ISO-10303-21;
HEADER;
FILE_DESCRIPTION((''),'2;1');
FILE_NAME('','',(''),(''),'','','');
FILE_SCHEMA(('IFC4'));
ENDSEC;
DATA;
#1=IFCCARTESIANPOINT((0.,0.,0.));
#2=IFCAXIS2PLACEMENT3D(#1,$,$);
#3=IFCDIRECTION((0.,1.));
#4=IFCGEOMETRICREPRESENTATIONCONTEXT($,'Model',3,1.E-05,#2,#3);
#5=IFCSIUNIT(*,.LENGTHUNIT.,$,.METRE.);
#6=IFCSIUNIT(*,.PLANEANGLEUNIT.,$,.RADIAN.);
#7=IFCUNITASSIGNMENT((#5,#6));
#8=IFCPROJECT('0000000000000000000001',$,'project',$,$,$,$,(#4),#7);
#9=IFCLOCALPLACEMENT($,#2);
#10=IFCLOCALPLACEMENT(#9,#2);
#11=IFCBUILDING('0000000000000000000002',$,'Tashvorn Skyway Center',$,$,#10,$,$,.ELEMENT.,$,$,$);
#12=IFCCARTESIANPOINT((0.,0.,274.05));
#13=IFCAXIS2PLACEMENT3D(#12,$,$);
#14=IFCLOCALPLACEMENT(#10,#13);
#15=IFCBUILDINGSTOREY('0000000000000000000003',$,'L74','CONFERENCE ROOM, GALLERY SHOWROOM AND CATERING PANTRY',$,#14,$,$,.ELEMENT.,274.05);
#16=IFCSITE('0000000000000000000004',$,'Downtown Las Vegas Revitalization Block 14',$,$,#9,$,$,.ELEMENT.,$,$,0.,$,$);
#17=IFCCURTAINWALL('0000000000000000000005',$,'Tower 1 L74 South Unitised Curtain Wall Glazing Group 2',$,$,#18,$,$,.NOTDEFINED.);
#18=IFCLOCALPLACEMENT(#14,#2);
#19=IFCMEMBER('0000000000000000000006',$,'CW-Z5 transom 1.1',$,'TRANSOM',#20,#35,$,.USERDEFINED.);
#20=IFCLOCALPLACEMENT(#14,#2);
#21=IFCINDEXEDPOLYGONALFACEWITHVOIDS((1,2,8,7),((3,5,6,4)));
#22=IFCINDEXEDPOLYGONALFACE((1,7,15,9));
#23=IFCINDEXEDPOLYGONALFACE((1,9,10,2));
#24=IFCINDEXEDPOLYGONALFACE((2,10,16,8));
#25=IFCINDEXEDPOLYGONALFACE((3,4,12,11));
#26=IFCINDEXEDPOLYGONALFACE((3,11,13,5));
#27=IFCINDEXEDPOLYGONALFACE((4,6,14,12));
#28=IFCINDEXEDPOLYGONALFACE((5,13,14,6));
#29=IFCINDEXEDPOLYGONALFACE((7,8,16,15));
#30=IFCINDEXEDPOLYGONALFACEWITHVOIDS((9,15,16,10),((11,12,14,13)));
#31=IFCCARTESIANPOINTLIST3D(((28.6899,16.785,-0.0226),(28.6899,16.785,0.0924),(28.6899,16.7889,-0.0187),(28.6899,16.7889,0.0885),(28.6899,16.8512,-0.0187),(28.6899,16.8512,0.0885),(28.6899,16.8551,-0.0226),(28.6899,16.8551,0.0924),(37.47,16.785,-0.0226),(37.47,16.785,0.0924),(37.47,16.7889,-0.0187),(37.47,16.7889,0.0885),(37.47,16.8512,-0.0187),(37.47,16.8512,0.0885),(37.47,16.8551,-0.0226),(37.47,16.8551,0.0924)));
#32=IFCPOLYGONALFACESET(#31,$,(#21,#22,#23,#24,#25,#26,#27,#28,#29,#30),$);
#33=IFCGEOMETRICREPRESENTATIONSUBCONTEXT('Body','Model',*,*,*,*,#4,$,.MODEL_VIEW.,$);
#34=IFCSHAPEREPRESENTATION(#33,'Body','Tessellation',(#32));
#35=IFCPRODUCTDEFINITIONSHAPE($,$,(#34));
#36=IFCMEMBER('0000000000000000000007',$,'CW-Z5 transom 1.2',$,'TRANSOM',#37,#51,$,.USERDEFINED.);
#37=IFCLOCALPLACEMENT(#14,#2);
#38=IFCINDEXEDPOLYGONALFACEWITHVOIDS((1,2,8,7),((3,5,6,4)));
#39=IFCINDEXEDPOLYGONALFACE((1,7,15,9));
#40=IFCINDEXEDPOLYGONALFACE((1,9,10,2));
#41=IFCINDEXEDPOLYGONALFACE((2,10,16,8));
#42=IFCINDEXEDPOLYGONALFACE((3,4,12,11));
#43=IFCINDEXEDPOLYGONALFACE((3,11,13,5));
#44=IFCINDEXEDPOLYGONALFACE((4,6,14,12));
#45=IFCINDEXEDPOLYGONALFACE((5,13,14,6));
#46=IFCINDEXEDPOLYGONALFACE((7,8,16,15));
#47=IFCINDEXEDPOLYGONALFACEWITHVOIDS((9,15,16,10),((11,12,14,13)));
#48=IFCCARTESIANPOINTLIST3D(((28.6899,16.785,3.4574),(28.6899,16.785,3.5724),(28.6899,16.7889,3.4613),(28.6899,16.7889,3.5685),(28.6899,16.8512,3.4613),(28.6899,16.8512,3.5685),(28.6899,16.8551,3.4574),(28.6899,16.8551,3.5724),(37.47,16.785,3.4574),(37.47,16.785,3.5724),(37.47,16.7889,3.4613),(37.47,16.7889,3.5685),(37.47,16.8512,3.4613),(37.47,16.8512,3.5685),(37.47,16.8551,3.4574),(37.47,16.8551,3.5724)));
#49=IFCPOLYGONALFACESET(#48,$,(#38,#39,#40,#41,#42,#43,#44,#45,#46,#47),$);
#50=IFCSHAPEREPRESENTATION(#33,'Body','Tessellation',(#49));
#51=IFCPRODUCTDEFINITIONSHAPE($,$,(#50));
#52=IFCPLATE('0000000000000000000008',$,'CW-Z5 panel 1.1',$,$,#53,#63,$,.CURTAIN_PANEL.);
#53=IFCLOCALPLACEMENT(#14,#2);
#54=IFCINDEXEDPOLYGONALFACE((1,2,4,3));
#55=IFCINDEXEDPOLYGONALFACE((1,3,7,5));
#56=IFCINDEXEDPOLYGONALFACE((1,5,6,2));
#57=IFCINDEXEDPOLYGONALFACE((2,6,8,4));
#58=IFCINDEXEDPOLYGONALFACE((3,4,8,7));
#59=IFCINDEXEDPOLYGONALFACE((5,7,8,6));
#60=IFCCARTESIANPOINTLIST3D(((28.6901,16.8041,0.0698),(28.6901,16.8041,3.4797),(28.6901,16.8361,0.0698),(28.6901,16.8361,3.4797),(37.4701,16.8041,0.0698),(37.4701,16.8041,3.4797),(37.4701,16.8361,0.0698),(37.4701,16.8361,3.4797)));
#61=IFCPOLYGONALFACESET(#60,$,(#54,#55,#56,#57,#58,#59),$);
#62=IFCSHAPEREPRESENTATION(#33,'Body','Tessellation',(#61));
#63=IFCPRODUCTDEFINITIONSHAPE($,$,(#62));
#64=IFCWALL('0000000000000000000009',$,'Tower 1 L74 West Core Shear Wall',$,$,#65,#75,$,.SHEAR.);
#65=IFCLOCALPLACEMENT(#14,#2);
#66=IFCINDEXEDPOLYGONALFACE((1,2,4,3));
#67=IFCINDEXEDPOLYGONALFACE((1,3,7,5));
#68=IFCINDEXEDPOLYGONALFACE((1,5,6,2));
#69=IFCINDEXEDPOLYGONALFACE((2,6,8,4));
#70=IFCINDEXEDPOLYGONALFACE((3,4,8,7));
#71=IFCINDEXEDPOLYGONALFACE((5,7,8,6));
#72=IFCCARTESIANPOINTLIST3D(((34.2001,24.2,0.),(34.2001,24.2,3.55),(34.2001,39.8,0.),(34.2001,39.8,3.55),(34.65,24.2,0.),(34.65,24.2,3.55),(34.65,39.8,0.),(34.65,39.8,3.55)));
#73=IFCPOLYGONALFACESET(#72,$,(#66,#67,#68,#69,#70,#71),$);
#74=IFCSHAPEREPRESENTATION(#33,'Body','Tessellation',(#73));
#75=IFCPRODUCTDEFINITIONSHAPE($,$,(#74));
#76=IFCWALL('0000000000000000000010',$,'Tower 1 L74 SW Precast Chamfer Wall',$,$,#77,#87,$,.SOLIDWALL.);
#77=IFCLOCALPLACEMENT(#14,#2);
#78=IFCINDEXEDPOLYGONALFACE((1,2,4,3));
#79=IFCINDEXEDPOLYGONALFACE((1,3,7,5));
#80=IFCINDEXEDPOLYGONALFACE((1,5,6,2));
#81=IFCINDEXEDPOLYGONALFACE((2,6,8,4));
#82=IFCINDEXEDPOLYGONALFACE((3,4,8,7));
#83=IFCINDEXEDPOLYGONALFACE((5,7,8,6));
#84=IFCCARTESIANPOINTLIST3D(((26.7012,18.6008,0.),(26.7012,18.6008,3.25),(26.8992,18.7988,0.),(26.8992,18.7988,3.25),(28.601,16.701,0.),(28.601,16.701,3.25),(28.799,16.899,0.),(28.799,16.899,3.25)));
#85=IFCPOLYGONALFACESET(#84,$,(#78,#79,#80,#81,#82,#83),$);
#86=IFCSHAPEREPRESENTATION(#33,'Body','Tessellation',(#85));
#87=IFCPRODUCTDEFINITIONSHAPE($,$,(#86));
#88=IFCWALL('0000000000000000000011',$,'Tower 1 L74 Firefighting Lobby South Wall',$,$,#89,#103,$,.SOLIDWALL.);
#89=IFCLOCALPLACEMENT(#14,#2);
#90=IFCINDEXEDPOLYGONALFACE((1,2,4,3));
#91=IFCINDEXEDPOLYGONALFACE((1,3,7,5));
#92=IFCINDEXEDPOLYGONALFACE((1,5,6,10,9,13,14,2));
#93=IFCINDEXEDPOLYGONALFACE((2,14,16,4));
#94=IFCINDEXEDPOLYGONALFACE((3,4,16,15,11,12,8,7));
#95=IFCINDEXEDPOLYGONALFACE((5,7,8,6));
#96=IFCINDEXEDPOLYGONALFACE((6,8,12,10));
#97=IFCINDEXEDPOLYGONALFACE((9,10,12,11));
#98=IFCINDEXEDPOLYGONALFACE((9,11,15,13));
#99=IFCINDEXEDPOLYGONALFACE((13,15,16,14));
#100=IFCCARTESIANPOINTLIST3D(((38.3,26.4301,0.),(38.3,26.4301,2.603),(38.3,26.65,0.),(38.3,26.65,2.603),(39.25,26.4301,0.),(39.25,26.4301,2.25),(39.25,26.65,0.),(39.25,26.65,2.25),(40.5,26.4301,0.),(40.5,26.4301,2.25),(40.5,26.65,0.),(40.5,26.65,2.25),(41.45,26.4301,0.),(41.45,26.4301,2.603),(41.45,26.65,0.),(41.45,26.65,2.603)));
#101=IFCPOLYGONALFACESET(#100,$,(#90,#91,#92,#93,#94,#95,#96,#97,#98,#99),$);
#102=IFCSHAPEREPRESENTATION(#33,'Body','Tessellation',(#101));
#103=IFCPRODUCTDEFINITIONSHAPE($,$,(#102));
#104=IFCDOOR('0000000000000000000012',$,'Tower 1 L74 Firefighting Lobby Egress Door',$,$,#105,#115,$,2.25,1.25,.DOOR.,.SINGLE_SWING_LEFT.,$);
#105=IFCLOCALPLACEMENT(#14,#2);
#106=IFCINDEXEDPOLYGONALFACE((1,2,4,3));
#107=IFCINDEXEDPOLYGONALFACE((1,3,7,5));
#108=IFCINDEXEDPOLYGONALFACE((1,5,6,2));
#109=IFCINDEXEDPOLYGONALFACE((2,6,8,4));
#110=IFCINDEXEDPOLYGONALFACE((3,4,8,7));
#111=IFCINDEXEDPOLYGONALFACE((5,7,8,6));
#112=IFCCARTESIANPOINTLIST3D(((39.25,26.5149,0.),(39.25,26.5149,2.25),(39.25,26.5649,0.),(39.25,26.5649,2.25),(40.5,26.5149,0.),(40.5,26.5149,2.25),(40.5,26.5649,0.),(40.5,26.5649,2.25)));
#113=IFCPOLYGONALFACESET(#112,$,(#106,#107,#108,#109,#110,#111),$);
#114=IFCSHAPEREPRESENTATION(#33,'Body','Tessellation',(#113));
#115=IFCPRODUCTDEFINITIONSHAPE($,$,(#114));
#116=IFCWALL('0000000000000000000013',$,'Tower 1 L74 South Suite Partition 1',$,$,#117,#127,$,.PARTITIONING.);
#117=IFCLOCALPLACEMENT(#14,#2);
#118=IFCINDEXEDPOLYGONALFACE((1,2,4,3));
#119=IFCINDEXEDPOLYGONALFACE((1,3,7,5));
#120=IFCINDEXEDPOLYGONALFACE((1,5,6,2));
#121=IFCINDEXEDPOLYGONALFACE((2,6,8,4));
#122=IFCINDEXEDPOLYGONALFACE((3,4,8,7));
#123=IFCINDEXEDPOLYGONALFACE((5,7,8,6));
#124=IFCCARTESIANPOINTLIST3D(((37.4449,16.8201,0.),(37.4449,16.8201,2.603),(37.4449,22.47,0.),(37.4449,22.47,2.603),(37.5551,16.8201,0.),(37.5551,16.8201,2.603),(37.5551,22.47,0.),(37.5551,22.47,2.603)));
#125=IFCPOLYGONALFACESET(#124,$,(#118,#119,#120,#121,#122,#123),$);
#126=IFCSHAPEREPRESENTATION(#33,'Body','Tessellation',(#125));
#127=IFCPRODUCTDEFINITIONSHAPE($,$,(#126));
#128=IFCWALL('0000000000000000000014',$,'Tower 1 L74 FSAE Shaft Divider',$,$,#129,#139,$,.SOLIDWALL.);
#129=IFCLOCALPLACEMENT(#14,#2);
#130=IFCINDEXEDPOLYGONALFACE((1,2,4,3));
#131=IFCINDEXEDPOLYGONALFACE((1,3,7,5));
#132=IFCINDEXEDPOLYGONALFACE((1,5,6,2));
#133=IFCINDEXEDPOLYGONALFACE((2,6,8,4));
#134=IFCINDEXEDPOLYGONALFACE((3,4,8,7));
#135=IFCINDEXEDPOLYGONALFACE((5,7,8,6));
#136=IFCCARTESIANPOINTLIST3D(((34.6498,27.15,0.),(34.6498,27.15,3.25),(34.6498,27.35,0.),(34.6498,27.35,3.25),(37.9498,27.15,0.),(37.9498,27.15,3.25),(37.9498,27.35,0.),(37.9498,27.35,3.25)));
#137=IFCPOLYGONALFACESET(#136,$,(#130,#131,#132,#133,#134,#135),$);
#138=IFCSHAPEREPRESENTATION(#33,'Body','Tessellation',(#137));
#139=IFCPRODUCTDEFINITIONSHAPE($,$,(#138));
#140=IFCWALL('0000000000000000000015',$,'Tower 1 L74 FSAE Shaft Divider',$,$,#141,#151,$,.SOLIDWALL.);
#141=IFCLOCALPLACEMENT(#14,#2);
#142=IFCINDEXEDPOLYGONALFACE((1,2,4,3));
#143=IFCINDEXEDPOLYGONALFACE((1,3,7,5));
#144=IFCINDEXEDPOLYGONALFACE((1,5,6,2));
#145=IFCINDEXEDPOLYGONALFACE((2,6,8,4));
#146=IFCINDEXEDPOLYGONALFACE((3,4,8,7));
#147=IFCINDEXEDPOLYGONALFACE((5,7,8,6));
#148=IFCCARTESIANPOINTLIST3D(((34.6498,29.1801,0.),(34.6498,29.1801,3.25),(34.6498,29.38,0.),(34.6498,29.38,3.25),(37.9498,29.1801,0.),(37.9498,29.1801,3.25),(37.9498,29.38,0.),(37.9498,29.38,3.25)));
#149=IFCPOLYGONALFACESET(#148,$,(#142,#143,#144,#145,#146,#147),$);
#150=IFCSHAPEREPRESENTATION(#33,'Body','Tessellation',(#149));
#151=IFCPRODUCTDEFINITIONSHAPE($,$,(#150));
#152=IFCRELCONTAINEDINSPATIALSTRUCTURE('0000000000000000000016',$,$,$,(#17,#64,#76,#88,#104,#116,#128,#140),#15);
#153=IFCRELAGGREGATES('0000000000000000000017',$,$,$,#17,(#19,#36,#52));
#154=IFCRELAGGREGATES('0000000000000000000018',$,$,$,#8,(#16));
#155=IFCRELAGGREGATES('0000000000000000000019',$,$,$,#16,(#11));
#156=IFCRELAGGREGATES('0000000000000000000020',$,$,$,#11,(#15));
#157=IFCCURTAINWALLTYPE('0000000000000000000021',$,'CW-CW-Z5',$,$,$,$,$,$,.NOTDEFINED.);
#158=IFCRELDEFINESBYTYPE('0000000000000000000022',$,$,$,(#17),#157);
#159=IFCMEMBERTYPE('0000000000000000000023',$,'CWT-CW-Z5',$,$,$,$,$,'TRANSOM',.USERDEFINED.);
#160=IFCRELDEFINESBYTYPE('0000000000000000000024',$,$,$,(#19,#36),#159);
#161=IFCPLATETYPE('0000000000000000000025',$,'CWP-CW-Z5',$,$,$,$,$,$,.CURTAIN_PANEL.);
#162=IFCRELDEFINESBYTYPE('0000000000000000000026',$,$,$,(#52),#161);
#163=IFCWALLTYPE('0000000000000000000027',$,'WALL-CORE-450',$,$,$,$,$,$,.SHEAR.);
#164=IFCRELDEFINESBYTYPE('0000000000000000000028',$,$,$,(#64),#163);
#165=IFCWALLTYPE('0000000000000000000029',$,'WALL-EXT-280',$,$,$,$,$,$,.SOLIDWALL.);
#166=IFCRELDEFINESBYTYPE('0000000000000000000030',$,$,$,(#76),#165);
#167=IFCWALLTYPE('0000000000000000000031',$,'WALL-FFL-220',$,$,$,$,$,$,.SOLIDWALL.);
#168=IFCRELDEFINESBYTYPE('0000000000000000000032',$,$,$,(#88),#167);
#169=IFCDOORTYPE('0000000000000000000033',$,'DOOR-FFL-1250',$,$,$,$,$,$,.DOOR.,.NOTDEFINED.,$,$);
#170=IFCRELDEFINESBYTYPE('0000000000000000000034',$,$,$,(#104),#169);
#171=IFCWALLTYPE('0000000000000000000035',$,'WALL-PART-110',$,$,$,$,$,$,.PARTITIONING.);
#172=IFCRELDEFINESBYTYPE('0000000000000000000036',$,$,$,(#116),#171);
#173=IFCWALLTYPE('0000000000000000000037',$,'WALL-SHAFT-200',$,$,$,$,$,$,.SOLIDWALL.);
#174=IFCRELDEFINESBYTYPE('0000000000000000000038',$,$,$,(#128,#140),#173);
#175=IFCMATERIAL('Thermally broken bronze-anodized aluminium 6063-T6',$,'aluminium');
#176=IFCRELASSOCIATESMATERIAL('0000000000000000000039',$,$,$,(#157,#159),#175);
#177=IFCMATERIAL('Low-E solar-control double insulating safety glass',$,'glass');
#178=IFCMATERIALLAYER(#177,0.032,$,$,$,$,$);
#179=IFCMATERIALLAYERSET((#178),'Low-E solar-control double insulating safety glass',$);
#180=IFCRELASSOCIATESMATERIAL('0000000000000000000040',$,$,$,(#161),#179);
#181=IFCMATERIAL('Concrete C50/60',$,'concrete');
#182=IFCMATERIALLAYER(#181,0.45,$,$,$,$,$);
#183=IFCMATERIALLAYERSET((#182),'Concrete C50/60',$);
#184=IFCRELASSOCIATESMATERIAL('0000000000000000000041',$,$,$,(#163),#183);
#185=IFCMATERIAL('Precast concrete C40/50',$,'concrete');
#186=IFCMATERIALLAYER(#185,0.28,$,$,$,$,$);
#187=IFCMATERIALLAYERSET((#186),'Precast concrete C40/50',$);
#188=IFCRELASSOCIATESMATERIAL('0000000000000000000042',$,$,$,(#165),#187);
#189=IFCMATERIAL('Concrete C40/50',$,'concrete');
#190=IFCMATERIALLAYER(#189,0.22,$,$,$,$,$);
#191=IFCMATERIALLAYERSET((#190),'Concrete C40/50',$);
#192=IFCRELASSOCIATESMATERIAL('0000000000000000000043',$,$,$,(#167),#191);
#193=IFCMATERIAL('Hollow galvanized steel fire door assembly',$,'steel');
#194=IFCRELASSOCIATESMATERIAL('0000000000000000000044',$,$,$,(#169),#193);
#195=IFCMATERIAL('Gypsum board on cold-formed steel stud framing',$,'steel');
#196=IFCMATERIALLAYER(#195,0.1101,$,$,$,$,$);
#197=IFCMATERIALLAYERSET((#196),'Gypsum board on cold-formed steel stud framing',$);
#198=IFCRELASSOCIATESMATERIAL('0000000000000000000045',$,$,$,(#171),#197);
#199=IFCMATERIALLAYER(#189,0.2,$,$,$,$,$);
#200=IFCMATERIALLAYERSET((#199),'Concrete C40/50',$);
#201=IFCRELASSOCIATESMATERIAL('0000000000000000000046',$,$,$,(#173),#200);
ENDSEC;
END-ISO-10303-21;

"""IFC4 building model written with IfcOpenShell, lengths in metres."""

from ifc_helpers import new_model, si_unit, direction, frame, frame_2d, origin, origin_2d, place, context, subcontext, project, spatial, rectangle, hollow_rectangle, extrude, material, layer, layer_set, material_profile, profile_set, type_object, element, fill, aggregate, save


model = new_model("IFC4")

# Units and contexts
model_context = context("Model", 3, precision=1e-05, world=origin(), true_north=direction((0.0, 1.0)))
body_context = subcontext(model_context, "Body", "Model", "MODEL_VIEW")
ifc_project = project(units=[si_unit("LENGTHUNIT", "METRE"), si_unit("PLANEANGLEUNIT", "RADIAN")], contexts=[model_context])

# Site, building, storey
site_placement = place(None, origin())
site = spatial("IfcSite", under=ifc_project, at=site_placement, Name="Downtown Las Vegas Revitalization Block 14", CompositionType="ELEMENT", RefElevation=0.0)
building_placement = place(site_placement, origin())
building = spatial("IfcBuilding", under=site, at=building_placement, Name="Tashvorn Skyway Center", CompositionType="ELEMENT")
storey_placement = place(building_placement, frame((0.0, 0.0, 274.05)))
storey = spatial("IfcBuildingStorey", under=building, at=storey_placement, Name="L74", Description="CONFERENCE ROOM, GALLERY SHOWROOM AND CATERING PANTRY", CompositionType="ELEMENT", Elevation=274.05)

# Shared definitions
ifc_material_1 = material(Name="Concrete C50/60", Category="concrete")

# Curtain wall, members, plate
ifc_material_2 = material(Name="Thermally broken bronze-anodized aluminium 6063-T6", Category="aluminium")
curtain_wall_type = type_object("IfcCurtainWallType", Name="CW-CW-Z5", PredefinedType="NOTDEFINED", material=ifc_material_2)
curtain_wall_placement = place(storey_placement, origin())
curtain_wall = element("IfcCurtainWall", 1, at=curtain_wall_placement, inside=storey, type_object=curtain_wall_type, Name="Tower 1 L74 South Unitised Curtain Wall Glazing Group 2", PredefinedType="NOTDEFINED")
ifc_material_profile_1 = material_profile(ifc_material_2, hollow_rectangle(XDim=0.0701, YDim=0.115, WallThickness=0.0039, at=origin_2d()), Name="ALU-TRAN-70x115")
ifc_profile_set_1 = profile_set([ifc_material_profile_1], Name="Thermally broken bronze-anodized aluminium 6063-T6")
member_type_1 = type_object("IfcMemberType", Name="CWT-CW-Z5", ElementType="TRANSOM", PredefinedType="USERDEFINED", material=ifc_profile_set_1)
member_1_placement = place(storey_placement, frame((37.47, 16.8201, 0.0349), z_axis=(-1.0, 0.0, 0.0), x_axis=(0.0, -1.0, 0.0)))
member_1 = element("IfcMember", 2, at=member_1_placement, type_object=member_type_1, Name="CW-Z5 transom 1.1", ObjectType="TRANSOM", PredefinedType="USERDEFINED", context=body_context, shape_type="SweptSolid", body=[
    extrude(hollow_rectangle(XDim=0.0701, YDim=0.115, WallThickness=0.0039, at=origin_2d()), origin(), (0.0, 0.0, 1.0), 8.78),
])
member_2_placement = place(storey_placement, frame((37.47, 16.8201, 3.5149), z_axis=(-1.0, 0.0, 0.0), x_axis=(0.0, -1.0, 0.0)))
member_2 = element("IfcMember", 3, at=member_2_placement, type_object=member_type_1, Name="CW-Z5 transom 1.2", ObjectType="TRANSOM", PredefinedType="USERDEFINED", context=body_context, shape_type="SweptSolid", body=[
    extrude(hollow_rectangle(XDim=0.0701, YDim=0.115, WallThickness=0.0039, at=origin_2d()), origin(), (0.0, 0.0, 1.0), 8.78),
])
ifc_material_3 = material(Name="Low-E solar-control double insulating safety glass", Category="glass")
ifc_layer_1 = layer(ifc_material_3, 0.032)
ifc_layer_set_1 = layer_set([ifc_layer_1], Name="Low-E solar-control double insulating safety glass")
plate_type = type_object("IfcPlateType", Name="CWP-CW-Z5", PredefinedType="CURTAIN_PANEL", material=ifc_layer_set_1)
plate_placement = place(storey_placement, frame((33.0801, 16.8201, 0.0698), z_axis=(0.0, 0.0, 1.0), x_axis=(-1.0, 0.0, 0.0)))
plate = element("IfcPlate", 4, at=plate_placement, type_object=plate_type, Name="CW-Z5 panel 1.1", PredefinedType="CURTAIN_PANEL", context=body_context, shape_type="SweptSolid", body=[
    extrude(rectangle(XDim=8.78, YDim=0.032, at=origin_2d()), origin(), (0.0, 0.0, 1.0), 3.4099),
])
aggregate(curtain_wall, [member_1, member_2, plate])

# Walls
ifc_layer_2 = layer(ifc_material_1, 0.45)
ifc_layer_set_2 = layer_set([ifc_layer_2], Name="Concrete C50/60")
wall_type_1 = type_object("IfcWallType", Name="WALL-CORE-450", PredefinedType="SHEAR", material=ifc_layer_set_2)
wall_1_placement = place(storey_placement, frame((34.425, 24.2, 0.0), z_axis=(0.0, 0.0, 1.0), x_axis=(0.0, 1.0, 0.0)))
element("IfcWall", 5, at=wall_1_placement, inside=storey, type_object=wall_type_1, Name="Tower 1 L74 West Core Shear Wall", PredefinedType="SHEAR", context=body_context, shape_type="SweptSolid", body=[
    extrude(rectangle(XDim=15.6001, YDim=0.45, at=frame_2d((7.8, 0.0))), origin(), (0.0, 0.0, 1.0), 3.55),
])
ifc_material_4 = material(Name="Precast concrete C40/50", Category="concrete")
ifc_layer_3 = layer(ifc_material_4, 0.28)
ifc_layer_set_3 = layer_set([ifc_layer_3], Name="Precast concrete C40/50")
wall_type_2 = type_object("IfcWallType", Name="WALL-EXT-280", PredefinedType="SOLIDWALL", material=ifc_layer_set_3)
wall_2_placement = place(storey_placement, frame((28.7, 16.8, 0.0), z_axis=(0.0, 0.0, 1.0), x_axis=(-0.707107, 0.707107, 0.0)))
element("IfcWall", 6, at=wall_2_placement, inside=storey, type_object=wall_type_2, Name="Tower 1 L74 SW Precast Chamfer Wall", PredefinedType="SOLIDWALL", context=body_context, shape_type="SweptSolid", body=[
    extrude(rectangle(XDim=2.6868, YDim=0.28, at=frame_2d((1.3433, 0.0))), origin(), (0.0, 0.0, 1.0), 3.25),
])

# Wall, opening, door
ifc_material_5 = material(Name="Concrete C40/50", Category="concrete")
ifc_layer_4 = layer(ifc_material_5, 0.22)
ifc_layer_set_4 = layer_set([ifc_layer_4], Name="Concrete C40/50")
wall_type_3 = type_object("IfcWallType", Name="WALL-FFL-220", PredefinedType="SOLIDWALL", material=ifc_layer_set_4)
wall_3_placement = place(storey_placement, frame((38.3, 26.54, 0.0), z_axis=(0.0, 0.0, 1.0), x_axis=(1.0, 0.0, 0.0)))
wall_3 = element("IfcWall", 7, at=wall_3_placement, inside=storey, type_object=wall_type_3, Name="Tower 1 L74 Firefighting Lobby South Wall", PredefinedType="SOLIDWALL", context=body_context, shape_type="SweptSolid", body=[
    extrude(rectangle(XDim=3.1499, YDim=0.22, at=frame_2d((1.575, 0.0))), origin(), (0.0, 0.0, 1.0), 2.603),
])
opening_1_placement = place(wall_3_placement, frame((0.95, 0.0, 0.0)))
opening_1 = element("IfcOpeningElement", 8, at=opening_1_placement, cuts=wall_3, PredefinedType="OPENING", context=body_context, shape_type="SweptSolid", body=[
    extrude(rectangle(XDim=1.25, YDim=2.25, at=frame_2d((0.625, 1.125))), frame((0.0, 0.1199, 0.0), z_axis=(0.0, -1.0, 0.0), x_axis=(1.0, 0.0, 0.0)), (0.0, 0.0, 1.0), 0.24),
])
ifc_material_6 = material(Name="Hollow galvanized steel fire door assembly", Category="steel")
door_type_1 = type_object("IfcDoorType", Name="DOOR-FFL-1250", OperationType="NOTDEFINED", PredefinedType="DOOR", material=ifc_material_6)
door_1_placement = place(opening_1_placement, origin())
door_1 = element("IfcDoor", 9, at=door_1_placement, inside=storey, type_object=door_type_1, Name="Tower 1 L74 Firefighting Lobby Egress Door", OperationType="SINGLE_SWING_LEFT", OverallHeight=2.25, OverallWidth=1.25, PredefinedType="DOOR", context=body_context, shape_type="SweptSolid", body=[
    extrude(rectangle(XDim=1.25, YDim=2.25, at=frame_2d((0.625, 1.125))), frame((0.0, 0.0249, 0.0), z_axis=(0.0, -1.0, 0.0), x_axis=(1.0, 0.0, 0.0)), (0.0, 0.0, 1.0), 0.05),
])
fill(opening_1, door_1)

# Walls
ifc_material_7 = material(Name="Gypsum board on cold-formed steel stud framing", Category="steel")
ifc_layer_5 = layer(ifc_material_7, 0.1101)
ifc_layer_set_5 = layer_set([ifc_layer_5], Name="Gypsum board on cold-formed steel stud framing")
wall_type_4 = type_object("IfcWallType", Name="WALL-PART-110", PredefinedType="PARTITIONING", material=ifc_layer_set_5)
wall_4_placement = place(storey_placement, frame((37.5, 16.8201, 0.0), z_axis=(0.0, 0.0, 1.0), x_axis=(0.0, 1.0, 0.0)))
element("IfcWall", 10, at=wall_4_placement, inside=storey, type_object=wall_type_4, Name="Tower 1 L74 South Suite Partition 1", PredefinedType="PARTITIONING", context=body_context, shape_type="SweptSolid", body=[
    extrude(rectangle(XDim=5.6499, YDim=0.1101, at=frame_2d((2.825, 0.0))), origin(), (0.0, 0.0, 1.0), 2.603),
])
ifc_layer_6 = layer(ifc_material_5, 0.2)
ifc_layer_set_6 = layer_set([ifc_layer_6], Name="Concrete C40/50")
wall_type_5 = type_object("IfcWallType", Name="WALL-SHAFT-200", PredefinedType="SOLIDWALL", material=ifc_layer_set_6)
for number, where, z_axis, x_axis, name in (
    (11, (34.6499, 27.25, 0.0), (0.0, 0.0, 1.0), (1.0, 0.0, 0.0), "Tower 1 L74 FSAE Shaft Divider"),
    (12, (34.6499, 29.28, 0.0), (0.0, 0.0, 1.0), (1.0, 0.0, 0.0), "Tower 1 L74 FSAE Shaft Divider"),
):
    element("IfcWall", number, at=place(storey_placement, frame(where, z_axis=z_axis, x_axis=x_axis)), inside=storey, type_object=wall_type_5, Name=name, PredefinedType="SOLIDWALL", context=body_context, shape_type="SweptSolid", body=[
        extrude(rectangle(XDim=3.3, YDim=0.2, at=frame_2d((1.6499, 0.0))), origin(), (0.0, 0.0, 1.0), 3.25),
    ])

save(model, "model.ifc")
